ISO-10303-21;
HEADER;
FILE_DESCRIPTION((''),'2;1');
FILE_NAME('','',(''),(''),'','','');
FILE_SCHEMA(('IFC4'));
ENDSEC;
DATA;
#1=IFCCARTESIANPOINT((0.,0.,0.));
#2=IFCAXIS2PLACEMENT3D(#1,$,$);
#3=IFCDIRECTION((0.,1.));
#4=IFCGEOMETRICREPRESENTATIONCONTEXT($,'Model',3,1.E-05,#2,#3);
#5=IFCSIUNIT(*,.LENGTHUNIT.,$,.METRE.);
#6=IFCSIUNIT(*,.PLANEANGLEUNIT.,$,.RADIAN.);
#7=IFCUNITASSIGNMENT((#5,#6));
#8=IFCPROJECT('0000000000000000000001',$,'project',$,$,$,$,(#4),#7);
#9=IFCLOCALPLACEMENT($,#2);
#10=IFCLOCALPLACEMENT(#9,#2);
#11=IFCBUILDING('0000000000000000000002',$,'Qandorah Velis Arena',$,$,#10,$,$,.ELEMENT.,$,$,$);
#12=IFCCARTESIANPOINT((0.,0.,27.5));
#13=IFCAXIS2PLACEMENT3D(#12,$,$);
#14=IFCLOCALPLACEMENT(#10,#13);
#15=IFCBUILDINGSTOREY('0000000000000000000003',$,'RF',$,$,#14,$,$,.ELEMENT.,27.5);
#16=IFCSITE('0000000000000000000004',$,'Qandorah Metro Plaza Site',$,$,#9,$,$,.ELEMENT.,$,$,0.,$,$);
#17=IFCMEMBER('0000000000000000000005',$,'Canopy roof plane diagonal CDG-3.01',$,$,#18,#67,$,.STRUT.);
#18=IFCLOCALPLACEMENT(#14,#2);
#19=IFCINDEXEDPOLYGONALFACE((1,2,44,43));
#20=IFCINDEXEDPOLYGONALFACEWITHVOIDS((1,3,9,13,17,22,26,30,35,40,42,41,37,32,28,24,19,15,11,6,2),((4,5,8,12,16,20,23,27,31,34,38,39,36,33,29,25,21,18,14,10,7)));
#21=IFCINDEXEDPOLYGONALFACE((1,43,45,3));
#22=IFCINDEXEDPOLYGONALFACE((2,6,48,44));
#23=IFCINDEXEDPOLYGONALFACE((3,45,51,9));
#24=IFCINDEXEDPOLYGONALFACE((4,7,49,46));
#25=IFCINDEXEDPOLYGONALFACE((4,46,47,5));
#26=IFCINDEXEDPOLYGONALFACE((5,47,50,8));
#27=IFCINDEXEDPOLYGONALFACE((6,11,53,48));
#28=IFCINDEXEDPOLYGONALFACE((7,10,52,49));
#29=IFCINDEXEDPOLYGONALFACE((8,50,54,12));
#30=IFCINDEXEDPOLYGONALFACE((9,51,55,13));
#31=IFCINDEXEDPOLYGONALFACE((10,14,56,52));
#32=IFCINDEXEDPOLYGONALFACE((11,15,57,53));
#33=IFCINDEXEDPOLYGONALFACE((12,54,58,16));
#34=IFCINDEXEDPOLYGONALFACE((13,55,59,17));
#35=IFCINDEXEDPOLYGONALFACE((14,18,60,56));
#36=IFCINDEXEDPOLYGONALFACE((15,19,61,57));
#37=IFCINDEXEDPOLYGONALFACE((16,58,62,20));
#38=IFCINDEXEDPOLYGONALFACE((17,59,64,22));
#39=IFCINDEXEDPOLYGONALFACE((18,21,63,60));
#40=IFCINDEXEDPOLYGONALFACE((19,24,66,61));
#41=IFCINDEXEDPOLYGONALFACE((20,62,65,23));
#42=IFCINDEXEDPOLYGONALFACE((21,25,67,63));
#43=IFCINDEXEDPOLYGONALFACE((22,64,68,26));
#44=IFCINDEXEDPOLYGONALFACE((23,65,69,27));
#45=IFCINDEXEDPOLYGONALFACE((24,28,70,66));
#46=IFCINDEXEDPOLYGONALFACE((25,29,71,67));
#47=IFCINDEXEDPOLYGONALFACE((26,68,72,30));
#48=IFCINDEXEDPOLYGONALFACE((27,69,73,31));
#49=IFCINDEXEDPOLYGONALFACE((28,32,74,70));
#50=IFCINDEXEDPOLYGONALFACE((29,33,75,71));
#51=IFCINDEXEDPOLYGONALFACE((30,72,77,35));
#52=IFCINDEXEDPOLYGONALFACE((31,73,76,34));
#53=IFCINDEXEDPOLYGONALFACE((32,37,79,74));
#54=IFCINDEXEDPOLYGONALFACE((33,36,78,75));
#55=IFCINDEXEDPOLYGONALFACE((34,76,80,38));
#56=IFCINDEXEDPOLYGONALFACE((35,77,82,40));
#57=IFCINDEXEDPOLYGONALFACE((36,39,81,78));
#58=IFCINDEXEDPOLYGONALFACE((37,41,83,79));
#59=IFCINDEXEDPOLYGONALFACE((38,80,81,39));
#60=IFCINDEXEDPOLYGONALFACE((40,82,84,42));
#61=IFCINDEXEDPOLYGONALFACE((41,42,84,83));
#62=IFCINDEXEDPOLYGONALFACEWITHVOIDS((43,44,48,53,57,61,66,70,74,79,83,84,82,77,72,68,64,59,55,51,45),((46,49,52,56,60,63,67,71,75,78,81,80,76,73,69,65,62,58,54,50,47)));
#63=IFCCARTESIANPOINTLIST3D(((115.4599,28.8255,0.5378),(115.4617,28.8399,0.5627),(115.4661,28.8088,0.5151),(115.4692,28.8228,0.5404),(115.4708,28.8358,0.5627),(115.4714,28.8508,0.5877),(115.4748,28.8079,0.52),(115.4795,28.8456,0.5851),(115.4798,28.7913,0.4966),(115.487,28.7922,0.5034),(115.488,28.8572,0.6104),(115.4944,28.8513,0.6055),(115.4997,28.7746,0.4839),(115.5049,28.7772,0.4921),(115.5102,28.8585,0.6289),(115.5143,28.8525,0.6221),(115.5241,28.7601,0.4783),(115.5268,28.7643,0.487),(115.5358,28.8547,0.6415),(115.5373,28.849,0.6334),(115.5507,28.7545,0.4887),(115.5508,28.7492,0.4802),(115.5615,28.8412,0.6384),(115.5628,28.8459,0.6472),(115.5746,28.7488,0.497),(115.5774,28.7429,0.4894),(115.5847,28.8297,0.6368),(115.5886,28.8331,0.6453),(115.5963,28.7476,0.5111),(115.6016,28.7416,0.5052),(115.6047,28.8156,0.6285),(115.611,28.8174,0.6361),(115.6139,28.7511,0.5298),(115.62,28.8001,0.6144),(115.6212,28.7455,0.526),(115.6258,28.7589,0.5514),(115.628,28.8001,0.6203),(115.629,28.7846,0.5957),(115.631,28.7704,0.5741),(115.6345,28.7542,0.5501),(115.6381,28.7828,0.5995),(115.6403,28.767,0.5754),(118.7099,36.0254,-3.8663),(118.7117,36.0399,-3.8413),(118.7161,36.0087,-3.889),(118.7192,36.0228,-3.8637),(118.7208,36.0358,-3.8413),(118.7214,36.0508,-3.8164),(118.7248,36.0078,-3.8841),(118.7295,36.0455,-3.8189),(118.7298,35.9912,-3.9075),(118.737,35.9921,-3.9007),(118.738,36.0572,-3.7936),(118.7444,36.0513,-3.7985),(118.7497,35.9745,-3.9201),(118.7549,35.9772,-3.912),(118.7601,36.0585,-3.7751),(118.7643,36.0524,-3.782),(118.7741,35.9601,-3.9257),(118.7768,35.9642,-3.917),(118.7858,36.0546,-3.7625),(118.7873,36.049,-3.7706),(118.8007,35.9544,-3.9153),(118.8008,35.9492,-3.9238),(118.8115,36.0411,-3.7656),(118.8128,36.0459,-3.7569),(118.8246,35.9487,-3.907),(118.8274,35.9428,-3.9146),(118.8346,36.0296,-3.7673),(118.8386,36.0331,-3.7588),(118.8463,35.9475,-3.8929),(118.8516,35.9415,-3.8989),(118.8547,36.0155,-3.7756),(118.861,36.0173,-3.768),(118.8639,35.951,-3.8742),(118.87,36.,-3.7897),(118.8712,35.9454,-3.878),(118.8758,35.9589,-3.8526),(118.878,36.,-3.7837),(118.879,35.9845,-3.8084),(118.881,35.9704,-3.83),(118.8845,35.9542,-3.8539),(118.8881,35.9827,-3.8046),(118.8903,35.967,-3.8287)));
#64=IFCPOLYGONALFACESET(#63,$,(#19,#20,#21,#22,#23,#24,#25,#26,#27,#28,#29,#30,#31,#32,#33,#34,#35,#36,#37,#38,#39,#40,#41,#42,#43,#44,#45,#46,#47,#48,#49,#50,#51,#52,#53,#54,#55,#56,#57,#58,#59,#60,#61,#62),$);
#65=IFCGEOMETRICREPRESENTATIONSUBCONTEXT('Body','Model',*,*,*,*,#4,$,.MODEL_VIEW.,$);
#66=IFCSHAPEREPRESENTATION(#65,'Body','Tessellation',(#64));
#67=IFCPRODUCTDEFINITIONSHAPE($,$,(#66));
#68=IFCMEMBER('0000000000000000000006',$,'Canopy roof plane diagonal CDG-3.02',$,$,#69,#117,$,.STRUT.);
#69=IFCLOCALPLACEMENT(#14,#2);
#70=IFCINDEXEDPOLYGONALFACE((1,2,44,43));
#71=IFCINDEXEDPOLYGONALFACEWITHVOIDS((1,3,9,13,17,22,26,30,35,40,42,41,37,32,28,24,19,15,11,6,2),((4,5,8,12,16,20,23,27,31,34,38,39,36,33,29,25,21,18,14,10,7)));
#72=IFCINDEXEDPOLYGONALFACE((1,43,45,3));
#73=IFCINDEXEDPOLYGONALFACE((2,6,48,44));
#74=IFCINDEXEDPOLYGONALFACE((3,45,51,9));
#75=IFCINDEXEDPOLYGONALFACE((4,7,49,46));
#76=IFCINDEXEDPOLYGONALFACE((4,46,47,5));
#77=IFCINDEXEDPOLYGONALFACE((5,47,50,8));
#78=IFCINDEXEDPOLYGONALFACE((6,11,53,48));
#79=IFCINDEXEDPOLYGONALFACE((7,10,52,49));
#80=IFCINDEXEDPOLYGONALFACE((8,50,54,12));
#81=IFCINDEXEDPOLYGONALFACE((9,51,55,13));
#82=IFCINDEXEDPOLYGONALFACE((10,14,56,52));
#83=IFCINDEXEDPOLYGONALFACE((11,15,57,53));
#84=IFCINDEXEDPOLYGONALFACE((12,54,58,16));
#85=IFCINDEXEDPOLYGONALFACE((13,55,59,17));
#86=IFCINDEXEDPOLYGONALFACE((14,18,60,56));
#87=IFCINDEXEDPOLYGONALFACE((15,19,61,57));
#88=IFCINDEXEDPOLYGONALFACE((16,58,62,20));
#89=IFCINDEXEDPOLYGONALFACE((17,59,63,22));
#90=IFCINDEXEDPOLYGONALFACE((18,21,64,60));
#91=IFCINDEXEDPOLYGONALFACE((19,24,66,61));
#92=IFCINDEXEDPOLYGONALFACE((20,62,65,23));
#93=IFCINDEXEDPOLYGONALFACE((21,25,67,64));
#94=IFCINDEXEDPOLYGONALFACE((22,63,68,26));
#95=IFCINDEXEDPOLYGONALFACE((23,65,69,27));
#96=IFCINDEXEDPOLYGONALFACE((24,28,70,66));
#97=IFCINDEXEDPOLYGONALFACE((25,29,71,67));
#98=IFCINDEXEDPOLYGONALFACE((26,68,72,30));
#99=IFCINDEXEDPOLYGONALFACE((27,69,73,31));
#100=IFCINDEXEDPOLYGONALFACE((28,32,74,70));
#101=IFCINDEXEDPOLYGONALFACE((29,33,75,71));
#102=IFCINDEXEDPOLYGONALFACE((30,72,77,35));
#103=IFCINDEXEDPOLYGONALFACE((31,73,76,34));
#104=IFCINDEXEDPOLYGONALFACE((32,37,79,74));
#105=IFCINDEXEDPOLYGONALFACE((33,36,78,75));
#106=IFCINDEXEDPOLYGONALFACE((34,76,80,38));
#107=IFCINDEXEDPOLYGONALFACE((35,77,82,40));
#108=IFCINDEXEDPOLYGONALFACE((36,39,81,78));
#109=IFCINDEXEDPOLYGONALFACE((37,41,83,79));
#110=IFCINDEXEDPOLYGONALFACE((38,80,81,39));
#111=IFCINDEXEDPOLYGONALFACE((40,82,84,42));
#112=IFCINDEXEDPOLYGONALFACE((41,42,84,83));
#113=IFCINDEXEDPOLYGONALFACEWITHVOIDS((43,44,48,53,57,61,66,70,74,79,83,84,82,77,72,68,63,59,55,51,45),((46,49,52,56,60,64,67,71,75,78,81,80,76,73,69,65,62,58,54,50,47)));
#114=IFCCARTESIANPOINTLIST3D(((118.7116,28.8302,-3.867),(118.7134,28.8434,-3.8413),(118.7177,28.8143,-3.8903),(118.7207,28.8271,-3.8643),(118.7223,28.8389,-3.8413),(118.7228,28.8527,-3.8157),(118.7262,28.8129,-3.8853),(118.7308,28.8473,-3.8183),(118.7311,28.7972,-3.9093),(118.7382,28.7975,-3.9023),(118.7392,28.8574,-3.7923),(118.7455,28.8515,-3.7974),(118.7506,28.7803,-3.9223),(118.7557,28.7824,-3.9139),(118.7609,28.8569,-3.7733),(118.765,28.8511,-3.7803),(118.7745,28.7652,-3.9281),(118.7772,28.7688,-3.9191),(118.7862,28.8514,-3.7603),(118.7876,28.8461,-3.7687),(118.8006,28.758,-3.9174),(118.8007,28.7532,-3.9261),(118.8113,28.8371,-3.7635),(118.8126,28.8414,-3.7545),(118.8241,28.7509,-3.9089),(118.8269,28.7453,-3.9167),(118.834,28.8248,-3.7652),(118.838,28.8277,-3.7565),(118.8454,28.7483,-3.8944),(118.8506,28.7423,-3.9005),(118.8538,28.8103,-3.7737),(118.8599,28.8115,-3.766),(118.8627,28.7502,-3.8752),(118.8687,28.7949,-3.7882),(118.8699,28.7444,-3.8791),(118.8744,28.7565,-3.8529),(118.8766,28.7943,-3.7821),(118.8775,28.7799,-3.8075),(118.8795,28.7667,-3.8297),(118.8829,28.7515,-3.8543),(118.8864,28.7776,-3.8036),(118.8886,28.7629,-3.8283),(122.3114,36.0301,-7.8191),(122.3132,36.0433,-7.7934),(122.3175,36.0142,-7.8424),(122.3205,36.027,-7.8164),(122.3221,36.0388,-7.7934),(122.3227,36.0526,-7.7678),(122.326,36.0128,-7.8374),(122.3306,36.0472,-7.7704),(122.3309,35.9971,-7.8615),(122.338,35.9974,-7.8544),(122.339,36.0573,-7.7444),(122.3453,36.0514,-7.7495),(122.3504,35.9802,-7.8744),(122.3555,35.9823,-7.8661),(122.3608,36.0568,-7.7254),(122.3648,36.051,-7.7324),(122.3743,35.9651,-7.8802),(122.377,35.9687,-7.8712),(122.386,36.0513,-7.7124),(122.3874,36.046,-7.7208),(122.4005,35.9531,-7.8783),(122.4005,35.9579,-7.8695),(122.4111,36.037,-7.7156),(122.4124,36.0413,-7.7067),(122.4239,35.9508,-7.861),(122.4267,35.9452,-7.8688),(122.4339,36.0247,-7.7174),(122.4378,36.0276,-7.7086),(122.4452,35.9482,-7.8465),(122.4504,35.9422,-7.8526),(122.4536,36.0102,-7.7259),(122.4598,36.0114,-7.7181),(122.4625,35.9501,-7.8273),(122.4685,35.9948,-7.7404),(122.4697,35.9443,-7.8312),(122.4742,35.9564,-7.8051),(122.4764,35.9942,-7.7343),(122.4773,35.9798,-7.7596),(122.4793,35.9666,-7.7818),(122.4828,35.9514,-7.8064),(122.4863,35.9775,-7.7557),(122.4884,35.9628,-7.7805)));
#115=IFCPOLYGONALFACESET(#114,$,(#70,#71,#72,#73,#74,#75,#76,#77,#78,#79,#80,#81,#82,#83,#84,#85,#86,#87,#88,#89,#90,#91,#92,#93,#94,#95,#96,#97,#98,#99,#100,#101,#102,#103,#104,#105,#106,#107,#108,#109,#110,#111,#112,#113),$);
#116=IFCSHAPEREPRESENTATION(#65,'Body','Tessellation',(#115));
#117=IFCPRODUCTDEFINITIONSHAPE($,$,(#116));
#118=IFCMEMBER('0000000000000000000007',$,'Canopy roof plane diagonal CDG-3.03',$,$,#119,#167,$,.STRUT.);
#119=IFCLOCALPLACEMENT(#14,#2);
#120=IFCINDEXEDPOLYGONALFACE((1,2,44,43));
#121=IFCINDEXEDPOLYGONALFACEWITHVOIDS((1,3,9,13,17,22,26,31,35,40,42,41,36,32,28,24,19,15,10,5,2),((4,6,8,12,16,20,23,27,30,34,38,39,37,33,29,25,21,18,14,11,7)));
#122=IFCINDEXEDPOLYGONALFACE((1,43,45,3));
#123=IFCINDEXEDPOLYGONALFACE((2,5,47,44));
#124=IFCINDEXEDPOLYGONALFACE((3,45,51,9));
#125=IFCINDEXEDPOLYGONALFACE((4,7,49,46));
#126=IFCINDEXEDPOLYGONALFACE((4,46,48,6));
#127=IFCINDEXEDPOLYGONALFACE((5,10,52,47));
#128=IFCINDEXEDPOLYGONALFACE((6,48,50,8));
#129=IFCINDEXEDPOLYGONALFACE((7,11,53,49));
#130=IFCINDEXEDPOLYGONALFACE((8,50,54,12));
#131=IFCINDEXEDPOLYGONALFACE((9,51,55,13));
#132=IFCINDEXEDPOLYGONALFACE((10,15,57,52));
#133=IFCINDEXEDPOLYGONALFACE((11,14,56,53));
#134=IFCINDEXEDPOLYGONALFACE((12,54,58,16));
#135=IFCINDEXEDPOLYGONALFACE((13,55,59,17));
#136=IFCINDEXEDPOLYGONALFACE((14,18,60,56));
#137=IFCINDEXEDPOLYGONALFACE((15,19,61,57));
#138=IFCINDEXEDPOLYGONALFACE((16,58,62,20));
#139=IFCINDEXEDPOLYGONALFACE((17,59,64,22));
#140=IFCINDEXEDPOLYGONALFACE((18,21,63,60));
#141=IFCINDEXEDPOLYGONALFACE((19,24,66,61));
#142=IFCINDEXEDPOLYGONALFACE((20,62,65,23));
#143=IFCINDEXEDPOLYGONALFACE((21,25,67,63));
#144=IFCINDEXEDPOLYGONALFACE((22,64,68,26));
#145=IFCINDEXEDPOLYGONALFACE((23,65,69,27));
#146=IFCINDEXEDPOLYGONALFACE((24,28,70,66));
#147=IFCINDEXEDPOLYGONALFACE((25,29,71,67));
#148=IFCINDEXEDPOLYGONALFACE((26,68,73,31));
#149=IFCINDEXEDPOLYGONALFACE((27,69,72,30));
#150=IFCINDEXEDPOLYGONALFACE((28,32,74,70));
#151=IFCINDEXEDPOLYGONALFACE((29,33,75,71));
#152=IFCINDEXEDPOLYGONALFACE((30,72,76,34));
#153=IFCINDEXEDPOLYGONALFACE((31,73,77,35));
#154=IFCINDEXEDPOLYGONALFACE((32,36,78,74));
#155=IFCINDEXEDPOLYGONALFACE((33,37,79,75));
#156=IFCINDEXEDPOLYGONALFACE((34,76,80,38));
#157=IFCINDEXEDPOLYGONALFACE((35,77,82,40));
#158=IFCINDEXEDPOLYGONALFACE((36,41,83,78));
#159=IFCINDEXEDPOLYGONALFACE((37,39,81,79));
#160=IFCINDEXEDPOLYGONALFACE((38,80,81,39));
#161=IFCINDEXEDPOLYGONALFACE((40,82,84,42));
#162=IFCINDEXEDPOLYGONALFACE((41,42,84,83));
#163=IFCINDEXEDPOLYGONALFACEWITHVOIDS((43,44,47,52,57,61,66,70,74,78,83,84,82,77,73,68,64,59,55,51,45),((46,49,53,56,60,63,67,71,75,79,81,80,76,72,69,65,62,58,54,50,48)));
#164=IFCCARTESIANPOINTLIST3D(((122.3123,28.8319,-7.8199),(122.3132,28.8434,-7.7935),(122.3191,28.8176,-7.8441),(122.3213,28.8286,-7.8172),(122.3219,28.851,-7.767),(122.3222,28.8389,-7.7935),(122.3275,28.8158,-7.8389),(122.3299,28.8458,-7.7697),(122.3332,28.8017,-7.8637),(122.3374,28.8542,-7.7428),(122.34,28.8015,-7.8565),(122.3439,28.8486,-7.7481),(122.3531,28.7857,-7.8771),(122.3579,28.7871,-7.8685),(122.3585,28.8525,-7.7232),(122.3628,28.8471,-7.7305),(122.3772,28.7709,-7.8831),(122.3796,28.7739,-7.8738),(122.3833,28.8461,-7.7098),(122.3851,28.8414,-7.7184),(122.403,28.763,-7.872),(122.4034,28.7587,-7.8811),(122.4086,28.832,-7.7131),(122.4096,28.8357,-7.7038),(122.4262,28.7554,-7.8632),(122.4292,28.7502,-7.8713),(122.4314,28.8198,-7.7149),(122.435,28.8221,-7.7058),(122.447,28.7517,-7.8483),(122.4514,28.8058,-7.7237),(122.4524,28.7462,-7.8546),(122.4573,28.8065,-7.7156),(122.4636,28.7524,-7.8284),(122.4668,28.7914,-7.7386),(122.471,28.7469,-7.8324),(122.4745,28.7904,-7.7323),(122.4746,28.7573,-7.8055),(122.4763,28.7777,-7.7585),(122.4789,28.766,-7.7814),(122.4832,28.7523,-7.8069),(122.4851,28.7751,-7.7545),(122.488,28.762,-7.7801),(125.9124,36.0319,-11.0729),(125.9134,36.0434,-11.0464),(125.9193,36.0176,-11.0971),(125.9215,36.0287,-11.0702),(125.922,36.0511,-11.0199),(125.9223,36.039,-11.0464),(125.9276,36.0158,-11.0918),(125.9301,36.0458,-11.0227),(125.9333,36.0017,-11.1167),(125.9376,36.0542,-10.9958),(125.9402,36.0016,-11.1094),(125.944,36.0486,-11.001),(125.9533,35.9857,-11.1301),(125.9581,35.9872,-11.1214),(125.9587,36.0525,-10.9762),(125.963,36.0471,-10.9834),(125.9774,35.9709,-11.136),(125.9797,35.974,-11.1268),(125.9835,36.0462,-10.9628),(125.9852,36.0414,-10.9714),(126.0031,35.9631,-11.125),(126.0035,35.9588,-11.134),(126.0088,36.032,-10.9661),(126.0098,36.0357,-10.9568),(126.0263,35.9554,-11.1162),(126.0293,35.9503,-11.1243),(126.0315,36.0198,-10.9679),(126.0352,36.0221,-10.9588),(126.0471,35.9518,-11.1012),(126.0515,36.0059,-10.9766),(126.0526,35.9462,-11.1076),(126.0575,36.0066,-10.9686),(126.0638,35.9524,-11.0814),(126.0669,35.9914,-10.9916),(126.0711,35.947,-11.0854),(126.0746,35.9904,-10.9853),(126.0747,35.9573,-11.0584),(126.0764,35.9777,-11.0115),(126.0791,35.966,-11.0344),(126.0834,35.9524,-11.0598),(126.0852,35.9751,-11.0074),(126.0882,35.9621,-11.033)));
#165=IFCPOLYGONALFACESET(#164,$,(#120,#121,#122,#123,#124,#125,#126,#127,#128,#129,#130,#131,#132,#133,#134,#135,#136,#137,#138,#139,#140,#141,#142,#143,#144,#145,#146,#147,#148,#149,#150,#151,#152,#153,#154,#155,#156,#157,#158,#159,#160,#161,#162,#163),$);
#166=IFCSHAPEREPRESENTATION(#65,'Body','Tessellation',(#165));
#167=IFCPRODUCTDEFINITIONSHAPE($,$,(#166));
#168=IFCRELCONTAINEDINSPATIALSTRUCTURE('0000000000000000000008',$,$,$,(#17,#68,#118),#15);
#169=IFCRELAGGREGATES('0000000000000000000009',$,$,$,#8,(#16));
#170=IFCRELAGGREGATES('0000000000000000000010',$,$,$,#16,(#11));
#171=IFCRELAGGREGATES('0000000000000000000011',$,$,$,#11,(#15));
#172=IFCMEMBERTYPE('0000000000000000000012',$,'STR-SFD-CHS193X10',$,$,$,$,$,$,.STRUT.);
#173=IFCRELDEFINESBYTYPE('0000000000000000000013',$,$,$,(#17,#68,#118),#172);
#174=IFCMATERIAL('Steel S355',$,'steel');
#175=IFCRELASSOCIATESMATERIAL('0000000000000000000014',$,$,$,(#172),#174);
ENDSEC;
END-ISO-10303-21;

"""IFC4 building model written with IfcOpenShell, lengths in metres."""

from ifc_helpers import new_model, si_unit, direction, frame, origin, origin_2d, place, context, subcontext, project, spatial, hollow_circle, extrude, material, material_profile, profile_set, type_object, element, save


model = new_model("IFC4")

# Units and contexts
model_context = context("Model", 3, precision=1e-05, world=origin(), true_north=direction((0.0, 1.0)))
body_context = subcontext(model_context, "Body", "Model", "MODEL_VIEW")
ifc_project = project(units=[si_unit("LENGTHUNIT", "METRE"), si_unit("PLANEANGLEUNIT", "RADIAN")], contexts=[model_context])

# Site, building, storey
site_placement = place(None, origin())
site = spatial("IfcSite", under=ifc_project, at=site_placement, Name="Qandorah Metro Plaza Site", CompositionType="ELEMENT", RefElevation=0.0)
building_placement = place(site_placement, origin())
building = spatial("IfcBuilding", under=site, at=building_placement, Name="Qandorah Velis Arena", CompositionType="ELEMENT")
storey_placement = place(building_placement, frame((0.0, 0.0, 27.5)))
storey = spatial("IfcBuildingStorey", under=building, at=storey_placement, Name="RF", CompositionType="ELEMENT", Elevation=27.5)

# Shared definitions
ifc_material_1 = material(Name="Steel S355", Category="steel")

# Members
ifc_material_profile_1 = material_profile(ifc_material_1, hollow_circle(Radius=0.0969, WallThickness=0.01, at=origin_2d()), Name="CHS 193.7x10")
ifc_profile_set_1 = profile_set([ifc_material_profile_1], Name="Steel S355")
member_type_1 = type_object("IfcMemberType", Name="STR-SFD-CHS193X10", PredefinedType="STRUT", material=ifc_profile_set_1)
member_1_placement = place(storey_placement, frame((115.55, 28.8, 0.5627), z_axis=(0.359346, 0.796085, -0.486948), x_axis=(-0.911446, 0.411419, 0.0)))
element("IfcMember", 1, at=member_1_placement, inside=storey, type_object=member_type_1, Name="Canopy roof plane diagonal CDG-3.01", PredefinedType="STRUT", context=body_context, shape_type="SweptSolid", body=[
    extrude(hollow_circle(Radius=0.0969, WallThickness=0.01, at=origin_2d()), origin(), (0.0, 0.0, 1.0), 9.0442),
])
member_2_placement = place(storey_placement, frame((118.8, 28.8, -3.8413), z_axis=(0.401429, 0.802886, -0.440715), x_axis=(-0.894433, 0.447201, 0.0)))
element("IfcMember", 2, at=member_2_placement, inside=storey, type_object=member_type_1, Name="Canopy roof plane diagonal CDG-3.02", PredefinedType="STRUT", context=body_context, shape_type="SweptSolid", body=[
    extrude(hollow_circle(Radius=0.0969, WallThickness=0.01, at=origin_2d()), origin(), (0.0, 0.0, 1.0), 8.9675),
])
for number, where, z_axis, x_axis, name in (
    (3, (122.3999, 28.8, -7.7935), (0.41465, 0.829272, -0.374664), (-0.894421, 0.447226, 0.0), "Canopy roof plane diagonal CDG-3.03"),
):
    element("IfcMember", number, at=place(storey_placement, frame(where, z_axis=z_axis, x_axis=x_axis)), inside=storey, type_object=member_type_1, Name=name, PredefinedType="STRUT", context=body_context, shape_type="SweptSolid", body=[
        extrude(hollow_circle(Radius=0.0969, WallThickness=0.01, at=origin_2d()), origin(), (0.0, 0.0, 1.0), 8.6824),
    ])

save(model, "model.ifc")
